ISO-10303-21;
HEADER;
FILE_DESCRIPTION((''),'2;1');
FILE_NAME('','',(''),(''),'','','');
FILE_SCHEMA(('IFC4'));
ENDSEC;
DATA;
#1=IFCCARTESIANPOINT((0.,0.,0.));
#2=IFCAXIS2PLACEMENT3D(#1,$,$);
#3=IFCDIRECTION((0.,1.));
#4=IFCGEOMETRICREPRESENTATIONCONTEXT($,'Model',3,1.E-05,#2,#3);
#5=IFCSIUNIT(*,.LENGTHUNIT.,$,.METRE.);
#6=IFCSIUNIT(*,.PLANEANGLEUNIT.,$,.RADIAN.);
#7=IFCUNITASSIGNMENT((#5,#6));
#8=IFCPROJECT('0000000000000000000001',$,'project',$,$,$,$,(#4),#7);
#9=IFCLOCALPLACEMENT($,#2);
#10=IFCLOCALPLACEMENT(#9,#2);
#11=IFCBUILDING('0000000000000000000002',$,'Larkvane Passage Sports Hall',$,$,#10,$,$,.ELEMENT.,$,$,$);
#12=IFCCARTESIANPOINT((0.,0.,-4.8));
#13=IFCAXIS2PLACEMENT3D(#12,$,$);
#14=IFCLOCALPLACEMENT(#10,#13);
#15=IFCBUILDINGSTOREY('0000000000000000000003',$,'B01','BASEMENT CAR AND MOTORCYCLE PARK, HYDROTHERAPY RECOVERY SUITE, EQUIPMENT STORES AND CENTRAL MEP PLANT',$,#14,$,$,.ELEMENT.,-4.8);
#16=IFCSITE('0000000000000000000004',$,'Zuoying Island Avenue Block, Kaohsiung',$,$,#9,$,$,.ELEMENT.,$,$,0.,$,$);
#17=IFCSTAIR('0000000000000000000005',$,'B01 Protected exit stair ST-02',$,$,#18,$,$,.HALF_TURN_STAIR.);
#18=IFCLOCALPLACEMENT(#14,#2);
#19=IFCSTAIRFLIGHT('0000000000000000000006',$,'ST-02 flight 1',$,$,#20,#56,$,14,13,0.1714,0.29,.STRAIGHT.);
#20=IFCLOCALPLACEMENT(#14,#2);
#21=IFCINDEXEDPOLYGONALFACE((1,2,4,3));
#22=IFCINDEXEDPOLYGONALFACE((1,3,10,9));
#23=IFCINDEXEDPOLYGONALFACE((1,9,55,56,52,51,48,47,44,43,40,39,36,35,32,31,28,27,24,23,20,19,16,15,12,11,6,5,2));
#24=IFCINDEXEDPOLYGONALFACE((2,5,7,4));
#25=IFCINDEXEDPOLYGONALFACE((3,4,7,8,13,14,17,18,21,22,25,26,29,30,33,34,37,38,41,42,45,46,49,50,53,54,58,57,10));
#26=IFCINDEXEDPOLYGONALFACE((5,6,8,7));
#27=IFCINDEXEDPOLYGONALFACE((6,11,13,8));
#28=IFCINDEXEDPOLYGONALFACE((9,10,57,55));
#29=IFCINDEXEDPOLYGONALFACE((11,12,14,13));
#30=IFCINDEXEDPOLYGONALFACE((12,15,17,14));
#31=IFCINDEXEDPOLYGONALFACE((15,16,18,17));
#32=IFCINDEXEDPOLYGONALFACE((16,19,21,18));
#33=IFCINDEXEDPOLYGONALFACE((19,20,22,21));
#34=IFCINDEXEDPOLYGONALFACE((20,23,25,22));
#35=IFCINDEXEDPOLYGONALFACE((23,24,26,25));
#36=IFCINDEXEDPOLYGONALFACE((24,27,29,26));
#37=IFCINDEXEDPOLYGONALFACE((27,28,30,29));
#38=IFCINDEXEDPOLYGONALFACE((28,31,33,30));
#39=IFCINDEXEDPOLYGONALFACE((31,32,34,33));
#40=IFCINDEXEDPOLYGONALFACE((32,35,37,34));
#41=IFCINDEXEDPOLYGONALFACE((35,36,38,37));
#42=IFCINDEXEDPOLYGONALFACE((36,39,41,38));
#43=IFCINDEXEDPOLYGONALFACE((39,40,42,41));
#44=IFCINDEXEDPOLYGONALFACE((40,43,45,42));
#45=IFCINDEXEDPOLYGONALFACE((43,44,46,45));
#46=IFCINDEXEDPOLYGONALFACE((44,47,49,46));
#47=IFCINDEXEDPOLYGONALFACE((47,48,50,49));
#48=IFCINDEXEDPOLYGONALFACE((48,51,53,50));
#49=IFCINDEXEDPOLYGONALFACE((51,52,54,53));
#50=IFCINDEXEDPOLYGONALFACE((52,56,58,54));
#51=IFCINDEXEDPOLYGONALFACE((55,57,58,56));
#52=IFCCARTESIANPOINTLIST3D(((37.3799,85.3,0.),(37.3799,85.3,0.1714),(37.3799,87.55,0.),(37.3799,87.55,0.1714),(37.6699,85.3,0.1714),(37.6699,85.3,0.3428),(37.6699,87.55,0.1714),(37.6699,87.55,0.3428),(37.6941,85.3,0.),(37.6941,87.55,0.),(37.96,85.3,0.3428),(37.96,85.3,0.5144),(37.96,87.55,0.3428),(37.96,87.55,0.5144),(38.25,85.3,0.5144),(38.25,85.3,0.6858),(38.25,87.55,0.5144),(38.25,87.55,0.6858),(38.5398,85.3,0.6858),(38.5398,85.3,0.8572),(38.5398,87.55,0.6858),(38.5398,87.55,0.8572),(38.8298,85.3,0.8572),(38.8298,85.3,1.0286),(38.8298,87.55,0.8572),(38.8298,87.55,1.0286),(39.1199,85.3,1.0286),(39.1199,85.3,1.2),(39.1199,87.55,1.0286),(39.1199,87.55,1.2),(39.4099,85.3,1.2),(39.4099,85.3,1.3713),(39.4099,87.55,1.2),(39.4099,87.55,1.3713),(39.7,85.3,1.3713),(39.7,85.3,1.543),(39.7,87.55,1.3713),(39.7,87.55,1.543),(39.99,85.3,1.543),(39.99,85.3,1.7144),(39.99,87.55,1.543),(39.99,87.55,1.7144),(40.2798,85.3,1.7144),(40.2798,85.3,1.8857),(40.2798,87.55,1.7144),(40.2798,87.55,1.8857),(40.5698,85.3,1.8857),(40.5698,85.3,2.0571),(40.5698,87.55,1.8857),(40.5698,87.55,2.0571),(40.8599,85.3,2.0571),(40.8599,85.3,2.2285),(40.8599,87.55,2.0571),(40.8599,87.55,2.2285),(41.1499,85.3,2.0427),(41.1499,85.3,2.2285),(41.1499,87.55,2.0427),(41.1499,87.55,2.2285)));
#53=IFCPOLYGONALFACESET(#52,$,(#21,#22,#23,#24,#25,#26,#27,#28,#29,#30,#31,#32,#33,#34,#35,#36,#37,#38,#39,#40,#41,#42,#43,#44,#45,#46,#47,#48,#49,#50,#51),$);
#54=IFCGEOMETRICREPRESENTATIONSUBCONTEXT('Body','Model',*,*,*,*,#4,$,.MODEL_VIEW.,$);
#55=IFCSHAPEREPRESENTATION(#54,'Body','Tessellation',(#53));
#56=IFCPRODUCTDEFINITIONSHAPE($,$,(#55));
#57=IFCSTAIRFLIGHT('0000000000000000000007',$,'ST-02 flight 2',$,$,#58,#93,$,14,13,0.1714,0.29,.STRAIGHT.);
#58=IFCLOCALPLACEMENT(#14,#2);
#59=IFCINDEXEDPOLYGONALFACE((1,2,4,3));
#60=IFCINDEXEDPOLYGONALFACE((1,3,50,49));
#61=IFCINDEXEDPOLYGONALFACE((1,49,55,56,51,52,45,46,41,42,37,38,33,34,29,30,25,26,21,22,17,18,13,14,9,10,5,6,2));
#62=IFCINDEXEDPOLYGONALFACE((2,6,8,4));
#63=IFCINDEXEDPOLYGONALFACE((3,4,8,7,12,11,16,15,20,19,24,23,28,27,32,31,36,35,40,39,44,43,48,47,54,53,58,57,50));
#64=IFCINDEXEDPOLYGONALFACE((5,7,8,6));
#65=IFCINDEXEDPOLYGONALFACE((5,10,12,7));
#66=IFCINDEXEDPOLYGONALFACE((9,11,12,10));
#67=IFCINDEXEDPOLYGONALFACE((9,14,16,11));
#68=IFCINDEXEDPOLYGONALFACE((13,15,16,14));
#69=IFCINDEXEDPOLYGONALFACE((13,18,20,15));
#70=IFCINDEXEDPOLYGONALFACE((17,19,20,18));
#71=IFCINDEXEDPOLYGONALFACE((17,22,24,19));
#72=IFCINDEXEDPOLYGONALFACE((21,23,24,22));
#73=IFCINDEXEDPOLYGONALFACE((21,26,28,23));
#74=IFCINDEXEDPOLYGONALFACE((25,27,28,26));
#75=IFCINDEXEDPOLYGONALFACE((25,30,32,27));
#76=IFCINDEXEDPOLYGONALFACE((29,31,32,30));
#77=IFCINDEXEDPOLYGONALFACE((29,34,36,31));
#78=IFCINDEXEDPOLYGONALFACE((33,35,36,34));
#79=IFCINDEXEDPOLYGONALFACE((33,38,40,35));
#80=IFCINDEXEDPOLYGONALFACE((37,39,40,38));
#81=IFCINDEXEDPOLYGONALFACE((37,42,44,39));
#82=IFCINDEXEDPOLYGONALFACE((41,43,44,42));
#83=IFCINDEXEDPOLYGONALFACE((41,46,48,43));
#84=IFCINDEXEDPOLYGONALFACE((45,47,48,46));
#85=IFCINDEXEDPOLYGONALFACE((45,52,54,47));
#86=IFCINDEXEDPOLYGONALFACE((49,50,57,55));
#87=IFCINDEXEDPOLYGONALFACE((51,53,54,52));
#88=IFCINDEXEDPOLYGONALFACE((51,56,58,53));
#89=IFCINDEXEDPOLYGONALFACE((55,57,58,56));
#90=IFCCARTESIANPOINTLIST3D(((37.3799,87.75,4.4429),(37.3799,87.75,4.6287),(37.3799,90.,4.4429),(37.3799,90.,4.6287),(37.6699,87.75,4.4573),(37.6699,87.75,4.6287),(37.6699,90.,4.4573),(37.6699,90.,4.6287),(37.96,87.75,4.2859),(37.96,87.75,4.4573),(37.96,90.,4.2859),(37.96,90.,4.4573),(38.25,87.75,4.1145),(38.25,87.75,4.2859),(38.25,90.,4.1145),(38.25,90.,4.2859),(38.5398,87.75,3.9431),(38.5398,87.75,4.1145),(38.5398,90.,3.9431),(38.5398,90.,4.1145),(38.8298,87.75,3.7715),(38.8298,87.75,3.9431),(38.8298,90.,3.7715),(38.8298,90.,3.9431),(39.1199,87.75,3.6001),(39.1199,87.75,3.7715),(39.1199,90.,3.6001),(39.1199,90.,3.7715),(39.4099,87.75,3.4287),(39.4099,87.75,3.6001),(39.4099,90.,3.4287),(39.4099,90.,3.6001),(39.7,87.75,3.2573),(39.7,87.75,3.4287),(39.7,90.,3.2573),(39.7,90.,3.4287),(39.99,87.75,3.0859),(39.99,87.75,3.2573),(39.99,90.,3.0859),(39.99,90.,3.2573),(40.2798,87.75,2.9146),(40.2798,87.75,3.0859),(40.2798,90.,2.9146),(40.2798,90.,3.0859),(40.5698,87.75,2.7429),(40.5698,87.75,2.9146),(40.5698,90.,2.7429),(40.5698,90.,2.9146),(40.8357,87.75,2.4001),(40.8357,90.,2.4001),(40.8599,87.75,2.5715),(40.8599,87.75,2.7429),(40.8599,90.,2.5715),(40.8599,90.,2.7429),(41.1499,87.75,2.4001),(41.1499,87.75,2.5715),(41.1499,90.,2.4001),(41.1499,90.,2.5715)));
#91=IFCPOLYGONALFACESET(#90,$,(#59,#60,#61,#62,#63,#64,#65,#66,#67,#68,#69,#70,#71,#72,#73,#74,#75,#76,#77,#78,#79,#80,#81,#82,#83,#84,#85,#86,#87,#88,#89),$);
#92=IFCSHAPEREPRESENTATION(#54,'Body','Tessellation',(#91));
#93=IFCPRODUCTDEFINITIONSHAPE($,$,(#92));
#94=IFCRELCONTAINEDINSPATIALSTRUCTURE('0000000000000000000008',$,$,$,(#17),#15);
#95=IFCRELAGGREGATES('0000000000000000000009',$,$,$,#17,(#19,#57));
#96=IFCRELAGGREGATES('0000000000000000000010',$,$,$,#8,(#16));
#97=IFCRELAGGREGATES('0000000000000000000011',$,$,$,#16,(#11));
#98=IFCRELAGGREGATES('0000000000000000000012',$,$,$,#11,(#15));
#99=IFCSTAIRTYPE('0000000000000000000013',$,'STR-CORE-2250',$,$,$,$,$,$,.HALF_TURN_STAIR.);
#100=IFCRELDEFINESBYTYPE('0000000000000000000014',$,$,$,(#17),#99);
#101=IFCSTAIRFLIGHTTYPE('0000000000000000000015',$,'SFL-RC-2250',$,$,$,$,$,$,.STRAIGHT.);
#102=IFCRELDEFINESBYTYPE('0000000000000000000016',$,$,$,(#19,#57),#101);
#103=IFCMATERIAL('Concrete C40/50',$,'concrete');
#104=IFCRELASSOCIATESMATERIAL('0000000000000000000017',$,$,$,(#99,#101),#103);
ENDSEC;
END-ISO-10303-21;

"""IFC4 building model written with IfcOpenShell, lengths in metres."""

from ifc_helpers import new_model, si_unit, direction, frame, origin, place, context, subcontext, project, spatial, polyline, outline, extrude, material, type_object, element, aggregate, save


model = new_model("IFC4")

# Units and contexts
model_context = context("Model", 3, precision=1e-05, world=origin(), true_north=direction((0.0, 1.0)))
body_context = subcontext(model_context, "Body", "Model", "MODEL_VIEW")
ifc_project = project(units=[si_unit("LENGTHUNIT", "METRE"), si_unit("PLANEANGLEUNIT", "RADIAN")], contexts=[model_context])

# Site, building, storey
site_placement = place(None, origin())
site = spatial("IfcSite", under=ifc_project, at=site_placement, Name="Zuoying Island Avenue Block, Kaohsiung", CompositionType="ELEMENT", RefElevation=0.0)
building_placement = place(site_placement, origin())
building = spatial("IfcBuilding", under=site, at=building_placement, Name="Larkvane Passage Sports Hall", CompositionType="ELEMENT")
storey_placement = place(building_placement, frame((0.0, 0.0, -4.8)))
storey = spatial("IfcBuildingStorey", under=building, at=storey_placement, Name="B01", Description="BASEMENT CAR AND MOTORCYCLE PARK, HYDROTHERAPY RECOVERY SUITE, EQUIPMENT STORES AND CENTRAL MEP PLANT", CompositionType="ELEMENT", Elevation=-4.8)

# Shared definitions
ifc_material_1 = material(Name="Concrete C40/50", Category="concrete")

# Stair, stair flights
stair_type = type_object("IfcStairType", Name="STR-CORE-2250", PredefinedType="HALF_TURN_STAIR", material=ifc_material_1)
stair_placement = place(storey_placement, origin())
stair = element("IfcStair", 1, at=stair_placement, inside=storey, type_object=stair_type, Name="B01 Protected exit stair ST-02", PredefinedType="HALF_TURN_STAIR")
stair_flight_type = type_object("IfcStairFlightType", Name="SFL-RC-2250", PredefinedType="STRAIGHT", material=ifc_material_1)
stair_flight_1_placement = place(storey_placement, frame((37.3799, 86.425, 0.0), z_axis=(0.0, 0.0, 1.0), x_axis=(1.0, 0.0, 0.0)))
stair_flight_1 = element("IfcStairFlight", 2, at=stair_flight_1_placement, type_object=stair_flight_type, Name="ST-02 flight 1", NumberOfRisers=14, NumberOfTreads=13, PredefinedType="STRAIGHT", RiserHeight=0.1714, TreadLength=0.29, context=body_context, shape_type="SweptSolid", body=[
    extrude(outline(polyline([(0.0, 0.0), (0.0, 0.1714), (0.29, 0.1714), (0.29, 0.3428), (0.5801, 0.3428), (0.5801, 0.5144), (0.8701, 0.5144), (0.8701, 0.6858), (1.1599, 0.6858), (1.1599, 0.8572), (1.45, 0.8572), (1.45, 1.0286), (1.74, 1.0286), (1.74, 1.2), (2.03, 1.2), (2.03, 1.3713), (2.3201, 1.3713), (2.3201, 1.543), (2.6101, 1.543), (2.6101, 1.7144), (2.8999, 1.7144), (2.8999, 1.8857), (3.1899, 1.8857), (3.1899, 2.0571), (3.48, 2.0571), (3.48, 2.2285), (3.77, 2.2285), (3.77, 2.3999), (3.77, 2.0427), (0.3142, 0.0), (0.0, 0.0)])), frame((0.0, 1.125, 0.0), z_axis=(0.0, -1.0, 0.0), x_axis=(1.0, 0.0, 0.0)), (0.0, 0.0, 1.0), 2.25),
])
stair_flight_2_placement = place(storey_placement, frame((41.1499, 88.875, 2.4001), z_axis=(0.0, 0.0, 1.0), x_axis=(-1.0, 0.0, 0.0)))
stair_flight_2 = element("IfcStairFlight", 3, at=stair_flight_2_placement, type_object=stair_flight_type, Name="ST-02 flight 2", NumberOfRisers=14, NumberOfTreads=13, PredefinedType="STRAIGHT", RiserHeight=0.1714, TreadLength=0.29, context=body_context, shape_type="SweptSolid", body=[
    extrude(outline(polyline([(0.0, 0.0), (0.0, 0.1714), (0.29, 0.1714), (0.29, 0.3428), (0.5801, 0.3428), (0.5801, 0.5144), (0.8701, 0.5144), (0.8701, 0.6858), (1.1599, 0.6858), (1.1599, 0.8572), (1.45, 0.8572), (1.45, 1.0286), (1.74, 1.0286), (1.74, 1.2), (2.03, 1.2), (2.03, 1.3713), (2.3201, 1.3713), (2.3201, 1.543), (2.6101, 1.543), (2.6101, 1.7144), (2.8999, 1.7144), (2.8999, 1.8857), (3.1899, 1.8857), (3.1899, 2.0571), (3.48, 2.0571), (3.48, 2.2285), (3.77, 2.2285), (3.77, 2.3999), (3.77, 2.0427), (0.3142, 0.0), (0.0, 0.0)])), frame((0.0, 1.125, 0.0), z_axis=(0.0, -1.0, 0.0), x_axis=(1.0, 0.0, 0.0)), (0.0, 0.0, 1.0), 2.25),
])
aggregate(stair, [stair_flight_1, stair_flight_2])

save(model, "model.ifc")
